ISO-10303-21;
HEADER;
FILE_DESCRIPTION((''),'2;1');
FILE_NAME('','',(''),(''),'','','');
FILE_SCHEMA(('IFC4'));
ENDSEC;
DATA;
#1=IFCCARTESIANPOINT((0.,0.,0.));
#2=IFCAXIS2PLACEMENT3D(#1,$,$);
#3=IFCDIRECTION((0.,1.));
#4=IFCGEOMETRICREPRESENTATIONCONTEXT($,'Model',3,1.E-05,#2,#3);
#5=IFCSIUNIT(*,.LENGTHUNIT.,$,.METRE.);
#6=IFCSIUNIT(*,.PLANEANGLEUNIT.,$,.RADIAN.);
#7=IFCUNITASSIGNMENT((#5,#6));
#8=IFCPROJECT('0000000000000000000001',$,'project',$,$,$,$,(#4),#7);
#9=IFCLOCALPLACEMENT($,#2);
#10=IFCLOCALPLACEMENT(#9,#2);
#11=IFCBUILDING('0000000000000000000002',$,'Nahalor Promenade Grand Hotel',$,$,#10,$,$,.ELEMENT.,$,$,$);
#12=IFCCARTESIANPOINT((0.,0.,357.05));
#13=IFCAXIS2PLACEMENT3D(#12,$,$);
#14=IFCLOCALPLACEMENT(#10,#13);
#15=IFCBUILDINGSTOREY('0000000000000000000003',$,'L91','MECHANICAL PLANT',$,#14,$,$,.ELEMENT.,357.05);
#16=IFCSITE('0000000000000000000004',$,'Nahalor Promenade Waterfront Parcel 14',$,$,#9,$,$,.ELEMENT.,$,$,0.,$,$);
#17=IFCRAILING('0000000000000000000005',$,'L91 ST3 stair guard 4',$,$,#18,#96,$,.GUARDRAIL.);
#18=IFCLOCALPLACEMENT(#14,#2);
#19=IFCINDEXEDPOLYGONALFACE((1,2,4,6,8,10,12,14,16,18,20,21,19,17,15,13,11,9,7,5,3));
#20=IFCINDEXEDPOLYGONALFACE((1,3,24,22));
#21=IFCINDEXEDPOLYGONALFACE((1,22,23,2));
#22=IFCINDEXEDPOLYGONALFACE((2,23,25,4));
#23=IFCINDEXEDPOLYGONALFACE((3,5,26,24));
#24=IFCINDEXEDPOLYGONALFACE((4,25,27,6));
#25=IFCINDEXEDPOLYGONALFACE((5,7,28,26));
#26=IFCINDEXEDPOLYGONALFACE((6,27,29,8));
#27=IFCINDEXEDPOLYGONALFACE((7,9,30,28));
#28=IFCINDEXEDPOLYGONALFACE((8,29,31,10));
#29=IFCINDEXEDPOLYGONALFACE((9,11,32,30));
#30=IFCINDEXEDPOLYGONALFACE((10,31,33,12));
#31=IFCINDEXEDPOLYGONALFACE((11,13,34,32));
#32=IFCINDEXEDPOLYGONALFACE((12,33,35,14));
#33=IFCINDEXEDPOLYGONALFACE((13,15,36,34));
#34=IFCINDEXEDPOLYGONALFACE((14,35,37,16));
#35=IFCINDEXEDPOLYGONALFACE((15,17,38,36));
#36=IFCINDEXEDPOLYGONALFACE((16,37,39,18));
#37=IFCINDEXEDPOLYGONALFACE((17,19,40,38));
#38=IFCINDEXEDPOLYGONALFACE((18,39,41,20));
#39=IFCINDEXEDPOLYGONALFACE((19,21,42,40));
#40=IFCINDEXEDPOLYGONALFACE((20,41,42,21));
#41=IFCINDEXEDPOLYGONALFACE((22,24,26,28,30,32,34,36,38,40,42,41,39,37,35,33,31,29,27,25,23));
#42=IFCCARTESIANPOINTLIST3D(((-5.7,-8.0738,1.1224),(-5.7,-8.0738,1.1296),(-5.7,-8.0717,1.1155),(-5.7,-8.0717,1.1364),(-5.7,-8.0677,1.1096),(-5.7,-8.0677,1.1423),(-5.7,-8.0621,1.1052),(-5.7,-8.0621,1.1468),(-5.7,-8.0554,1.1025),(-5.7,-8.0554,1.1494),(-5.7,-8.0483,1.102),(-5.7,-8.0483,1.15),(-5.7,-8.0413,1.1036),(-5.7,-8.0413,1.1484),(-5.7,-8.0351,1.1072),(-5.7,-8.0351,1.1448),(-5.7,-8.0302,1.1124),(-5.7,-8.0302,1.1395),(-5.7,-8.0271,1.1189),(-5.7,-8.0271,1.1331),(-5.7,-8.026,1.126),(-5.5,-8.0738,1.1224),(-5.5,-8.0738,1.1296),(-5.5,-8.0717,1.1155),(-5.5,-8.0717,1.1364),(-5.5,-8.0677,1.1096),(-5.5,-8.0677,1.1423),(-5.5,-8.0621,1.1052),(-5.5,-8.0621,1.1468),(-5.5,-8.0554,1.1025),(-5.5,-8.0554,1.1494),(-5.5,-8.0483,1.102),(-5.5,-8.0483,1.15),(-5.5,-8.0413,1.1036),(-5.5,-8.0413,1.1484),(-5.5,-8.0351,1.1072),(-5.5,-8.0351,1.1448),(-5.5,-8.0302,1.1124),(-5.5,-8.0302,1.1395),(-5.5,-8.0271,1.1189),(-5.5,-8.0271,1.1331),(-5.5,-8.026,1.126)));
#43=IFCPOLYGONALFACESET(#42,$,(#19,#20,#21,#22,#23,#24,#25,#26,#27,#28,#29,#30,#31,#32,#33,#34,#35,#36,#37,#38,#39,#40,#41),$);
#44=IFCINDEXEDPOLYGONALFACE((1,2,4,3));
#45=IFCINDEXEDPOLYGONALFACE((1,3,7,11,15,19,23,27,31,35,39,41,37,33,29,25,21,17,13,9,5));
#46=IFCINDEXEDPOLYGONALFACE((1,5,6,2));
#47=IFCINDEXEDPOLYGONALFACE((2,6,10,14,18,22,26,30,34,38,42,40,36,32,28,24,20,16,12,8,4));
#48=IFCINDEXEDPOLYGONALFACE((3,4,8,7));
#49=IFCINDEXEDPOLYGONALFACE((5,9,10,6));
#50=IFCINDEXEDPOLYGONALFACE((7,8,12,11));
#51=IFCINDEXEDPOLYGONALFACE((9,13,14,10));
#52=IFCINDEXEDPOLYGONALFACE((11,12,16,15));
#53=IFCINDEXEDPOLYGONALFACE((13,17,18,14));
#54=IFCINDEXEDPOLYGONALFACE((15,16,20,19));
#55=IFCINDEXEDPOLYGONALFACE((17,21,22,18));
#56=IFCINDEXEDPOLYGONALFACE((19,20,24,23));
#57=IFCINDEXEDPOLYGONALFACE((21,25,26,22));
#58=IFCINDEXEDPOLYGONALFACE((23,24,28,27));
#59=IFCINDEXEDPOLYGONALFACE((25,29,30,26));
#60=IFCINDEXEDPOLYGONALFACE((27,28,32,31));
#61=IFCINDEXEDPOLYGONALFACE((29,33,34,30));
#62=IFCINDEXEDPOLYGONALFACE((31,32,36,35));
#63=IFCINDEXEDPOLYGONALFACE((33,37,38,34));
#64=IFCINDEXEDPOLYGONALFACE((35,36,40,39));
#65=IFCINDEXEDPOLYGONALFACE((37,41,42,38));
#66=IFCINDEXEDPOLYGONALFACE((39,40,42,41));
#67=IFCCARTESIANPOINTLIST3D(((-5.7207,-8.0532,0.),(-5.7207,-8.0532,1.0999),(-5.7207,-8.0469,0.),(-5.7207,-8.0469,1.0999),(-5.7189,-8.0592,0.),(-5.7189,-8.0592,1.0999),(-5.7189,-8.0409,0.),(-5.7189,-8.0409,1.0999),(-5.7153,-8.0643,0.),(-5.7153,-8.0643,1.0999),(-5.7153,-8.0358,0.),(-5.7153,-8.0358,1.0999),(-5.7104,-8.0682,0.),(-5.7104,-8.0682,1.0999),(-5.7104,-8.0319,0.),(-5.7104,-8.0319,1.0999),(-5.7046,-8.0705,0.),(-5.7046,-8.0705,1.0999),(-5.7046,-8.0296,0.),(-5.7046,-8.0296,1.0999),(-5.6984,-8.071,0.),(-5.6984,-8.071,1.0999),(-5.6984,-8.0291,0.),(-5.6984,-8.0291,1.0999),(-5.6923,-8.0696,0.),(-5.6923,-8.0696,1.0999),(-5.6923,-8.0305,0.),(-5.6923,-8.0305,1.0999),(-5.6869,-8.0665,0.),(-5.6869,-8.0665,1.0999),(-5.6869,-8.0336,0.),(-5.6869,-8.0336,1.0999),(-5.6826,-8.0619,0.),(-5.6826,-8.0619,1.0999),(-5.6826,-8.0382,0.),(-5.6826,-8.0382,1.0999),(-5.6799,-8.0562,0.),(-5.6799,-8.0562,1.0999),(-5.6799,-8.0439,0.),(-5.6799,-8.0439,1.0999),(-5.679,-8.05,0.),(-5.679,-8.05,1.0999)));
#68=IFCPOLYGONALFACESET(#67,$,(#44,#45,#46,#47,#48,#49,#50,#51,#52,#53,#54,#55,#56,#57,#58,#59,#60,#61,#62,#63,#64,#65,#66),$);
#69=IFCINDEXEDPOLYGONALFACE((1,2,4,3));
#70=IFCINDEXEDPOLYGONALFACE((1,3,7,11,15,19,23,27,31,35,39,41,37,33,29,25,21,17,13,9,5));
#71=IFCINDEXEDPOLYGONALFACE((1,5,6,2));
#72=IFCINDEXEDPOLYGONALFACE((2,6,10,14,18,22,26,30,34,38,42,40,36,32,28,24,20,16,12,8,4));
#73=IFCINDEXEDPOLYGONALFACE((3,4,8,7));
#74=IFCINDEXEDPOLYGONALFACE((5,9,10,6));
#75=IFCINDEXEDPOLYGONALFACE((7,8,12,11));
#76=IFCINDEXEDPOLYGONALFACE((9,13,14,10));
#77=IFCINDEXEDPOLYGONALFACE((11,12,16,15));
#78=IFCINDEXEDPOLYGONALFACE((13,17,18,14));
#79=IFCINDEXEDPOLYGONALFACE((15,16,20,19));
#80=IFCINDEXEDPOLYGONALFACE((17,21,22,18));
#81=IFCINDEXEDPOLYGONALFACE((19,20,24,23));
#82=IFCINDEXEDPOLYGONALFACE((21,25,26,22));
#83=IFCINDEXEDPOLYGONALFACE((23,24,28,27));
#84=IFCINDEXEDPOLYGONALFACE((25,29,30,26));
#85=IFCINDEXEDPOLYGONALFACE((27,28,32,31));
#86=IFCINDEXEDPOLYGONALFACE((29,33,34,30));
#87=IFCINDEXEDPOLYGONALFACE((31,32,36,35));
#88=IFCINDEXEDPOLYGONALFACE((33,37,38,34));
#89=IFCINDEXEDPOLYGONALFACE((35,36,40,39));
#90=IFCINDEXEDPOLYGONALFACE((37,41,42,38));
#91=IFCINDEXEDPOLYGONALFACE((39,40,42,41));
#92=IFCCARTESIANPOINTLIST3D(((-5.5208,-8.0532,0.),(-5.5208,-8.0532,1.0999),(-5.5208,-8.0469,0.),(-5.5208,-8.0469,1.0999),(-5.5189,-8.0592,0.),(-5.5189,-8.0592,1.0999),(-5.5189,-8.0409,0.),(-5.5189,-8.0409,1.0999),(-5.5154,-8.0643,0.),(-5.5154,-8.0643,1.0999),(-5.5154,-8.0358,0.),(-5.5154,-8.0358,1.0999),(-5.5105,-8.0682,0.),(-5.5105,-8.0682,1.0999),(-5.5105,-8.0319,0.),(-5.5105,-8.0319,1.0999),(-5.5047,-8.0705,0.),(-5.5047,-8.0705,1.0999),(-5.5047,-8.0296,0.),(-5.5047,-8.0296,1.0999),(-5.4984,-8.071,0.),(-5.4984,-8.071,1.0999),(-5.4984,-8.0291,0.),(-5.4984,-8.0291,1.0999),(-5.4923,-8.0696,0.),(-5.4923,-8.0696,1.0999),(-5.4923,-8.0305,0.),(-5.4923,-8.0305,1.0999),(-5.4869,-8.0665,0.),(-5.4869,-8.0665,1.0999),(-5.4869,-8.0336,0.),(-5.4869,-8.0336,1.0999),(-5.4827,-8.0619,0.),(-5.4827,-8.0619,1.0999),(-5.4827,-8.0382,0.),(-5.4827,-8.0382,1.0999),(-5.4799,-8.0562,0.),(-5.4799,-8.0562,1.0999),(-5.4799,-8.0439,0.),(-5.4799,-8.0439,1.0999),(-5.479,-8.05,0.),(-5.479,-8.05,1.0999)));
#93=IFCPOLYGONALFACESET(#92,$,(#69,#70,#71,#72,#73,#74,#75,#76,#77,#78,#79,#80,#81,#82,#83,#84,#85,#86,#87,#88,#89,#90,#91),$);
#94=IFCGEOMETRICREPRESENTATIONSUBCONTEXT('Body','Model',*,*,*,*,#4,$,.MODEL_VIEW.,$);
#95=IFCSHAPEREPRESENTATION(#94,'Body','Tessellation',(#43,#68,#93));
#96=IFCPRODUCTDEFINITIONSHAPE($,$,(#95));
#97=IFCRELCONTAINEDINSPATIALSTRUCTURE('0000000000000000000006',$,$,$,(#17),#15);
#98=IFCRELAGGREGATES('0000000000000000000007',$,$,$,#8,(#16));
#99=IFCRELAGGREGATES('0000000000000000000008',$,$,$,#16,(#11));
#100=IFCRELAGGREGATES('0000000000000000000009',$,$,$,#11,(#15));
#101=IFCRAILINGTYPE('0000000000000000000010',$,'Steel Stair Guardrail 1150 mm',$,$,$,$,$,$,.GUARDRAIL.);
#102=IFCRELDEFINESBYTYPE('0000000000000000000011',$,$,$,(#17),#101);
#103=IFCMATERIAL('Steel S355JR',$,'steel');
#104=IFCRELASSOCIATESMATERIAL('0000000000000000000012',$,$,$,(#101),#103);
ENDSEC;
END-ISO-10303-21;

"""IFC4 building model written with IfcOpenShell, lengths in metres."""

from ifc_helpers import new_model, si_unit, direction, frame, origin, origin_2d, place, context, subcontext, project, spatial, circle, extrude, material, type_object, element, save


model = new_model("IFC4")

# Units and contexts
model_context = context("Model", 3, precision=1e-05, world=origin(), true_north=direction((0.0, 1.0)))
body_context = subcontext(model_context, "Body", "Model", "MODEL_VIEW")
ifc_project = project(units=[si_unit("LENGTHUNIT", "METRE"), si_unit("PLANEANGLEUNIT", "RADIAN")], contexts=[model_context])

# Site, building, storey
site_placement = place(None, origin())
site = spatial("IfcSite", under=ifc_project, at=site_placement, Name="Nahalor Promenade Waterfront Parcel 14", CompositionType="ELEMENT", RefElevation=0.0)
building_placement = place(site_placement, origin())
building = spatial("IfcBuilding", under=site, at=building_placement, Name="Nahalor Promenade Grand Hotel", CompositionType="ELEMENT")
storey_placement = place(building_placement, frame((0.0, 0.0, 357.05)))
storey = spatial("IfcBuildingStorey", under=building, at=storey_placement, Name="L91", Description="MECHANICAL PLANT", CompositionType="ELEMENT", Elevation=357.05)

# Shared definitions
ifc_material_1 = material(Name="Steel S355JR", Category="steel")

# Railing
railing_type_1 = type_object("IfcRailingType", Name="Steel Stair Guardrail 1150 mm", PredefinedType="GUARDRAIL", material=ifc_material_1)
railing_1_placement = place(storey_placement, frame((-5.7, -8.05, 0.0)))
element("IfcRailing", 1, at=railing_1_placement, inside=storey, type_object=railing_type_1, Name="L91 ST3 stair guard 4", PredefinedType="GUARDRAIL", context=body_context, shape_type="SweptSolid", body=[
    extrude(circle(Radius=0.024, at=origin_2d()), frame((0.0, 0.0, 1.126), z_axis=(1.0, 0.0, 0.0), x_axis=(0.0, 1.0, 0.0)), (0.0, 0.0, 1.0), 0.2),
    extrude(circle(Radius=0.021, at=origin_2d()), origin(), (0.0, 0.0, 1.0), 1.0999),
    extrude(circle(Radius=0.021, at=origin_2d()), frame((0.2, 0.0, 0.0)), (0.0, 0.0, 1.0), 1.0999),
])

save(model, "model.ifc")
